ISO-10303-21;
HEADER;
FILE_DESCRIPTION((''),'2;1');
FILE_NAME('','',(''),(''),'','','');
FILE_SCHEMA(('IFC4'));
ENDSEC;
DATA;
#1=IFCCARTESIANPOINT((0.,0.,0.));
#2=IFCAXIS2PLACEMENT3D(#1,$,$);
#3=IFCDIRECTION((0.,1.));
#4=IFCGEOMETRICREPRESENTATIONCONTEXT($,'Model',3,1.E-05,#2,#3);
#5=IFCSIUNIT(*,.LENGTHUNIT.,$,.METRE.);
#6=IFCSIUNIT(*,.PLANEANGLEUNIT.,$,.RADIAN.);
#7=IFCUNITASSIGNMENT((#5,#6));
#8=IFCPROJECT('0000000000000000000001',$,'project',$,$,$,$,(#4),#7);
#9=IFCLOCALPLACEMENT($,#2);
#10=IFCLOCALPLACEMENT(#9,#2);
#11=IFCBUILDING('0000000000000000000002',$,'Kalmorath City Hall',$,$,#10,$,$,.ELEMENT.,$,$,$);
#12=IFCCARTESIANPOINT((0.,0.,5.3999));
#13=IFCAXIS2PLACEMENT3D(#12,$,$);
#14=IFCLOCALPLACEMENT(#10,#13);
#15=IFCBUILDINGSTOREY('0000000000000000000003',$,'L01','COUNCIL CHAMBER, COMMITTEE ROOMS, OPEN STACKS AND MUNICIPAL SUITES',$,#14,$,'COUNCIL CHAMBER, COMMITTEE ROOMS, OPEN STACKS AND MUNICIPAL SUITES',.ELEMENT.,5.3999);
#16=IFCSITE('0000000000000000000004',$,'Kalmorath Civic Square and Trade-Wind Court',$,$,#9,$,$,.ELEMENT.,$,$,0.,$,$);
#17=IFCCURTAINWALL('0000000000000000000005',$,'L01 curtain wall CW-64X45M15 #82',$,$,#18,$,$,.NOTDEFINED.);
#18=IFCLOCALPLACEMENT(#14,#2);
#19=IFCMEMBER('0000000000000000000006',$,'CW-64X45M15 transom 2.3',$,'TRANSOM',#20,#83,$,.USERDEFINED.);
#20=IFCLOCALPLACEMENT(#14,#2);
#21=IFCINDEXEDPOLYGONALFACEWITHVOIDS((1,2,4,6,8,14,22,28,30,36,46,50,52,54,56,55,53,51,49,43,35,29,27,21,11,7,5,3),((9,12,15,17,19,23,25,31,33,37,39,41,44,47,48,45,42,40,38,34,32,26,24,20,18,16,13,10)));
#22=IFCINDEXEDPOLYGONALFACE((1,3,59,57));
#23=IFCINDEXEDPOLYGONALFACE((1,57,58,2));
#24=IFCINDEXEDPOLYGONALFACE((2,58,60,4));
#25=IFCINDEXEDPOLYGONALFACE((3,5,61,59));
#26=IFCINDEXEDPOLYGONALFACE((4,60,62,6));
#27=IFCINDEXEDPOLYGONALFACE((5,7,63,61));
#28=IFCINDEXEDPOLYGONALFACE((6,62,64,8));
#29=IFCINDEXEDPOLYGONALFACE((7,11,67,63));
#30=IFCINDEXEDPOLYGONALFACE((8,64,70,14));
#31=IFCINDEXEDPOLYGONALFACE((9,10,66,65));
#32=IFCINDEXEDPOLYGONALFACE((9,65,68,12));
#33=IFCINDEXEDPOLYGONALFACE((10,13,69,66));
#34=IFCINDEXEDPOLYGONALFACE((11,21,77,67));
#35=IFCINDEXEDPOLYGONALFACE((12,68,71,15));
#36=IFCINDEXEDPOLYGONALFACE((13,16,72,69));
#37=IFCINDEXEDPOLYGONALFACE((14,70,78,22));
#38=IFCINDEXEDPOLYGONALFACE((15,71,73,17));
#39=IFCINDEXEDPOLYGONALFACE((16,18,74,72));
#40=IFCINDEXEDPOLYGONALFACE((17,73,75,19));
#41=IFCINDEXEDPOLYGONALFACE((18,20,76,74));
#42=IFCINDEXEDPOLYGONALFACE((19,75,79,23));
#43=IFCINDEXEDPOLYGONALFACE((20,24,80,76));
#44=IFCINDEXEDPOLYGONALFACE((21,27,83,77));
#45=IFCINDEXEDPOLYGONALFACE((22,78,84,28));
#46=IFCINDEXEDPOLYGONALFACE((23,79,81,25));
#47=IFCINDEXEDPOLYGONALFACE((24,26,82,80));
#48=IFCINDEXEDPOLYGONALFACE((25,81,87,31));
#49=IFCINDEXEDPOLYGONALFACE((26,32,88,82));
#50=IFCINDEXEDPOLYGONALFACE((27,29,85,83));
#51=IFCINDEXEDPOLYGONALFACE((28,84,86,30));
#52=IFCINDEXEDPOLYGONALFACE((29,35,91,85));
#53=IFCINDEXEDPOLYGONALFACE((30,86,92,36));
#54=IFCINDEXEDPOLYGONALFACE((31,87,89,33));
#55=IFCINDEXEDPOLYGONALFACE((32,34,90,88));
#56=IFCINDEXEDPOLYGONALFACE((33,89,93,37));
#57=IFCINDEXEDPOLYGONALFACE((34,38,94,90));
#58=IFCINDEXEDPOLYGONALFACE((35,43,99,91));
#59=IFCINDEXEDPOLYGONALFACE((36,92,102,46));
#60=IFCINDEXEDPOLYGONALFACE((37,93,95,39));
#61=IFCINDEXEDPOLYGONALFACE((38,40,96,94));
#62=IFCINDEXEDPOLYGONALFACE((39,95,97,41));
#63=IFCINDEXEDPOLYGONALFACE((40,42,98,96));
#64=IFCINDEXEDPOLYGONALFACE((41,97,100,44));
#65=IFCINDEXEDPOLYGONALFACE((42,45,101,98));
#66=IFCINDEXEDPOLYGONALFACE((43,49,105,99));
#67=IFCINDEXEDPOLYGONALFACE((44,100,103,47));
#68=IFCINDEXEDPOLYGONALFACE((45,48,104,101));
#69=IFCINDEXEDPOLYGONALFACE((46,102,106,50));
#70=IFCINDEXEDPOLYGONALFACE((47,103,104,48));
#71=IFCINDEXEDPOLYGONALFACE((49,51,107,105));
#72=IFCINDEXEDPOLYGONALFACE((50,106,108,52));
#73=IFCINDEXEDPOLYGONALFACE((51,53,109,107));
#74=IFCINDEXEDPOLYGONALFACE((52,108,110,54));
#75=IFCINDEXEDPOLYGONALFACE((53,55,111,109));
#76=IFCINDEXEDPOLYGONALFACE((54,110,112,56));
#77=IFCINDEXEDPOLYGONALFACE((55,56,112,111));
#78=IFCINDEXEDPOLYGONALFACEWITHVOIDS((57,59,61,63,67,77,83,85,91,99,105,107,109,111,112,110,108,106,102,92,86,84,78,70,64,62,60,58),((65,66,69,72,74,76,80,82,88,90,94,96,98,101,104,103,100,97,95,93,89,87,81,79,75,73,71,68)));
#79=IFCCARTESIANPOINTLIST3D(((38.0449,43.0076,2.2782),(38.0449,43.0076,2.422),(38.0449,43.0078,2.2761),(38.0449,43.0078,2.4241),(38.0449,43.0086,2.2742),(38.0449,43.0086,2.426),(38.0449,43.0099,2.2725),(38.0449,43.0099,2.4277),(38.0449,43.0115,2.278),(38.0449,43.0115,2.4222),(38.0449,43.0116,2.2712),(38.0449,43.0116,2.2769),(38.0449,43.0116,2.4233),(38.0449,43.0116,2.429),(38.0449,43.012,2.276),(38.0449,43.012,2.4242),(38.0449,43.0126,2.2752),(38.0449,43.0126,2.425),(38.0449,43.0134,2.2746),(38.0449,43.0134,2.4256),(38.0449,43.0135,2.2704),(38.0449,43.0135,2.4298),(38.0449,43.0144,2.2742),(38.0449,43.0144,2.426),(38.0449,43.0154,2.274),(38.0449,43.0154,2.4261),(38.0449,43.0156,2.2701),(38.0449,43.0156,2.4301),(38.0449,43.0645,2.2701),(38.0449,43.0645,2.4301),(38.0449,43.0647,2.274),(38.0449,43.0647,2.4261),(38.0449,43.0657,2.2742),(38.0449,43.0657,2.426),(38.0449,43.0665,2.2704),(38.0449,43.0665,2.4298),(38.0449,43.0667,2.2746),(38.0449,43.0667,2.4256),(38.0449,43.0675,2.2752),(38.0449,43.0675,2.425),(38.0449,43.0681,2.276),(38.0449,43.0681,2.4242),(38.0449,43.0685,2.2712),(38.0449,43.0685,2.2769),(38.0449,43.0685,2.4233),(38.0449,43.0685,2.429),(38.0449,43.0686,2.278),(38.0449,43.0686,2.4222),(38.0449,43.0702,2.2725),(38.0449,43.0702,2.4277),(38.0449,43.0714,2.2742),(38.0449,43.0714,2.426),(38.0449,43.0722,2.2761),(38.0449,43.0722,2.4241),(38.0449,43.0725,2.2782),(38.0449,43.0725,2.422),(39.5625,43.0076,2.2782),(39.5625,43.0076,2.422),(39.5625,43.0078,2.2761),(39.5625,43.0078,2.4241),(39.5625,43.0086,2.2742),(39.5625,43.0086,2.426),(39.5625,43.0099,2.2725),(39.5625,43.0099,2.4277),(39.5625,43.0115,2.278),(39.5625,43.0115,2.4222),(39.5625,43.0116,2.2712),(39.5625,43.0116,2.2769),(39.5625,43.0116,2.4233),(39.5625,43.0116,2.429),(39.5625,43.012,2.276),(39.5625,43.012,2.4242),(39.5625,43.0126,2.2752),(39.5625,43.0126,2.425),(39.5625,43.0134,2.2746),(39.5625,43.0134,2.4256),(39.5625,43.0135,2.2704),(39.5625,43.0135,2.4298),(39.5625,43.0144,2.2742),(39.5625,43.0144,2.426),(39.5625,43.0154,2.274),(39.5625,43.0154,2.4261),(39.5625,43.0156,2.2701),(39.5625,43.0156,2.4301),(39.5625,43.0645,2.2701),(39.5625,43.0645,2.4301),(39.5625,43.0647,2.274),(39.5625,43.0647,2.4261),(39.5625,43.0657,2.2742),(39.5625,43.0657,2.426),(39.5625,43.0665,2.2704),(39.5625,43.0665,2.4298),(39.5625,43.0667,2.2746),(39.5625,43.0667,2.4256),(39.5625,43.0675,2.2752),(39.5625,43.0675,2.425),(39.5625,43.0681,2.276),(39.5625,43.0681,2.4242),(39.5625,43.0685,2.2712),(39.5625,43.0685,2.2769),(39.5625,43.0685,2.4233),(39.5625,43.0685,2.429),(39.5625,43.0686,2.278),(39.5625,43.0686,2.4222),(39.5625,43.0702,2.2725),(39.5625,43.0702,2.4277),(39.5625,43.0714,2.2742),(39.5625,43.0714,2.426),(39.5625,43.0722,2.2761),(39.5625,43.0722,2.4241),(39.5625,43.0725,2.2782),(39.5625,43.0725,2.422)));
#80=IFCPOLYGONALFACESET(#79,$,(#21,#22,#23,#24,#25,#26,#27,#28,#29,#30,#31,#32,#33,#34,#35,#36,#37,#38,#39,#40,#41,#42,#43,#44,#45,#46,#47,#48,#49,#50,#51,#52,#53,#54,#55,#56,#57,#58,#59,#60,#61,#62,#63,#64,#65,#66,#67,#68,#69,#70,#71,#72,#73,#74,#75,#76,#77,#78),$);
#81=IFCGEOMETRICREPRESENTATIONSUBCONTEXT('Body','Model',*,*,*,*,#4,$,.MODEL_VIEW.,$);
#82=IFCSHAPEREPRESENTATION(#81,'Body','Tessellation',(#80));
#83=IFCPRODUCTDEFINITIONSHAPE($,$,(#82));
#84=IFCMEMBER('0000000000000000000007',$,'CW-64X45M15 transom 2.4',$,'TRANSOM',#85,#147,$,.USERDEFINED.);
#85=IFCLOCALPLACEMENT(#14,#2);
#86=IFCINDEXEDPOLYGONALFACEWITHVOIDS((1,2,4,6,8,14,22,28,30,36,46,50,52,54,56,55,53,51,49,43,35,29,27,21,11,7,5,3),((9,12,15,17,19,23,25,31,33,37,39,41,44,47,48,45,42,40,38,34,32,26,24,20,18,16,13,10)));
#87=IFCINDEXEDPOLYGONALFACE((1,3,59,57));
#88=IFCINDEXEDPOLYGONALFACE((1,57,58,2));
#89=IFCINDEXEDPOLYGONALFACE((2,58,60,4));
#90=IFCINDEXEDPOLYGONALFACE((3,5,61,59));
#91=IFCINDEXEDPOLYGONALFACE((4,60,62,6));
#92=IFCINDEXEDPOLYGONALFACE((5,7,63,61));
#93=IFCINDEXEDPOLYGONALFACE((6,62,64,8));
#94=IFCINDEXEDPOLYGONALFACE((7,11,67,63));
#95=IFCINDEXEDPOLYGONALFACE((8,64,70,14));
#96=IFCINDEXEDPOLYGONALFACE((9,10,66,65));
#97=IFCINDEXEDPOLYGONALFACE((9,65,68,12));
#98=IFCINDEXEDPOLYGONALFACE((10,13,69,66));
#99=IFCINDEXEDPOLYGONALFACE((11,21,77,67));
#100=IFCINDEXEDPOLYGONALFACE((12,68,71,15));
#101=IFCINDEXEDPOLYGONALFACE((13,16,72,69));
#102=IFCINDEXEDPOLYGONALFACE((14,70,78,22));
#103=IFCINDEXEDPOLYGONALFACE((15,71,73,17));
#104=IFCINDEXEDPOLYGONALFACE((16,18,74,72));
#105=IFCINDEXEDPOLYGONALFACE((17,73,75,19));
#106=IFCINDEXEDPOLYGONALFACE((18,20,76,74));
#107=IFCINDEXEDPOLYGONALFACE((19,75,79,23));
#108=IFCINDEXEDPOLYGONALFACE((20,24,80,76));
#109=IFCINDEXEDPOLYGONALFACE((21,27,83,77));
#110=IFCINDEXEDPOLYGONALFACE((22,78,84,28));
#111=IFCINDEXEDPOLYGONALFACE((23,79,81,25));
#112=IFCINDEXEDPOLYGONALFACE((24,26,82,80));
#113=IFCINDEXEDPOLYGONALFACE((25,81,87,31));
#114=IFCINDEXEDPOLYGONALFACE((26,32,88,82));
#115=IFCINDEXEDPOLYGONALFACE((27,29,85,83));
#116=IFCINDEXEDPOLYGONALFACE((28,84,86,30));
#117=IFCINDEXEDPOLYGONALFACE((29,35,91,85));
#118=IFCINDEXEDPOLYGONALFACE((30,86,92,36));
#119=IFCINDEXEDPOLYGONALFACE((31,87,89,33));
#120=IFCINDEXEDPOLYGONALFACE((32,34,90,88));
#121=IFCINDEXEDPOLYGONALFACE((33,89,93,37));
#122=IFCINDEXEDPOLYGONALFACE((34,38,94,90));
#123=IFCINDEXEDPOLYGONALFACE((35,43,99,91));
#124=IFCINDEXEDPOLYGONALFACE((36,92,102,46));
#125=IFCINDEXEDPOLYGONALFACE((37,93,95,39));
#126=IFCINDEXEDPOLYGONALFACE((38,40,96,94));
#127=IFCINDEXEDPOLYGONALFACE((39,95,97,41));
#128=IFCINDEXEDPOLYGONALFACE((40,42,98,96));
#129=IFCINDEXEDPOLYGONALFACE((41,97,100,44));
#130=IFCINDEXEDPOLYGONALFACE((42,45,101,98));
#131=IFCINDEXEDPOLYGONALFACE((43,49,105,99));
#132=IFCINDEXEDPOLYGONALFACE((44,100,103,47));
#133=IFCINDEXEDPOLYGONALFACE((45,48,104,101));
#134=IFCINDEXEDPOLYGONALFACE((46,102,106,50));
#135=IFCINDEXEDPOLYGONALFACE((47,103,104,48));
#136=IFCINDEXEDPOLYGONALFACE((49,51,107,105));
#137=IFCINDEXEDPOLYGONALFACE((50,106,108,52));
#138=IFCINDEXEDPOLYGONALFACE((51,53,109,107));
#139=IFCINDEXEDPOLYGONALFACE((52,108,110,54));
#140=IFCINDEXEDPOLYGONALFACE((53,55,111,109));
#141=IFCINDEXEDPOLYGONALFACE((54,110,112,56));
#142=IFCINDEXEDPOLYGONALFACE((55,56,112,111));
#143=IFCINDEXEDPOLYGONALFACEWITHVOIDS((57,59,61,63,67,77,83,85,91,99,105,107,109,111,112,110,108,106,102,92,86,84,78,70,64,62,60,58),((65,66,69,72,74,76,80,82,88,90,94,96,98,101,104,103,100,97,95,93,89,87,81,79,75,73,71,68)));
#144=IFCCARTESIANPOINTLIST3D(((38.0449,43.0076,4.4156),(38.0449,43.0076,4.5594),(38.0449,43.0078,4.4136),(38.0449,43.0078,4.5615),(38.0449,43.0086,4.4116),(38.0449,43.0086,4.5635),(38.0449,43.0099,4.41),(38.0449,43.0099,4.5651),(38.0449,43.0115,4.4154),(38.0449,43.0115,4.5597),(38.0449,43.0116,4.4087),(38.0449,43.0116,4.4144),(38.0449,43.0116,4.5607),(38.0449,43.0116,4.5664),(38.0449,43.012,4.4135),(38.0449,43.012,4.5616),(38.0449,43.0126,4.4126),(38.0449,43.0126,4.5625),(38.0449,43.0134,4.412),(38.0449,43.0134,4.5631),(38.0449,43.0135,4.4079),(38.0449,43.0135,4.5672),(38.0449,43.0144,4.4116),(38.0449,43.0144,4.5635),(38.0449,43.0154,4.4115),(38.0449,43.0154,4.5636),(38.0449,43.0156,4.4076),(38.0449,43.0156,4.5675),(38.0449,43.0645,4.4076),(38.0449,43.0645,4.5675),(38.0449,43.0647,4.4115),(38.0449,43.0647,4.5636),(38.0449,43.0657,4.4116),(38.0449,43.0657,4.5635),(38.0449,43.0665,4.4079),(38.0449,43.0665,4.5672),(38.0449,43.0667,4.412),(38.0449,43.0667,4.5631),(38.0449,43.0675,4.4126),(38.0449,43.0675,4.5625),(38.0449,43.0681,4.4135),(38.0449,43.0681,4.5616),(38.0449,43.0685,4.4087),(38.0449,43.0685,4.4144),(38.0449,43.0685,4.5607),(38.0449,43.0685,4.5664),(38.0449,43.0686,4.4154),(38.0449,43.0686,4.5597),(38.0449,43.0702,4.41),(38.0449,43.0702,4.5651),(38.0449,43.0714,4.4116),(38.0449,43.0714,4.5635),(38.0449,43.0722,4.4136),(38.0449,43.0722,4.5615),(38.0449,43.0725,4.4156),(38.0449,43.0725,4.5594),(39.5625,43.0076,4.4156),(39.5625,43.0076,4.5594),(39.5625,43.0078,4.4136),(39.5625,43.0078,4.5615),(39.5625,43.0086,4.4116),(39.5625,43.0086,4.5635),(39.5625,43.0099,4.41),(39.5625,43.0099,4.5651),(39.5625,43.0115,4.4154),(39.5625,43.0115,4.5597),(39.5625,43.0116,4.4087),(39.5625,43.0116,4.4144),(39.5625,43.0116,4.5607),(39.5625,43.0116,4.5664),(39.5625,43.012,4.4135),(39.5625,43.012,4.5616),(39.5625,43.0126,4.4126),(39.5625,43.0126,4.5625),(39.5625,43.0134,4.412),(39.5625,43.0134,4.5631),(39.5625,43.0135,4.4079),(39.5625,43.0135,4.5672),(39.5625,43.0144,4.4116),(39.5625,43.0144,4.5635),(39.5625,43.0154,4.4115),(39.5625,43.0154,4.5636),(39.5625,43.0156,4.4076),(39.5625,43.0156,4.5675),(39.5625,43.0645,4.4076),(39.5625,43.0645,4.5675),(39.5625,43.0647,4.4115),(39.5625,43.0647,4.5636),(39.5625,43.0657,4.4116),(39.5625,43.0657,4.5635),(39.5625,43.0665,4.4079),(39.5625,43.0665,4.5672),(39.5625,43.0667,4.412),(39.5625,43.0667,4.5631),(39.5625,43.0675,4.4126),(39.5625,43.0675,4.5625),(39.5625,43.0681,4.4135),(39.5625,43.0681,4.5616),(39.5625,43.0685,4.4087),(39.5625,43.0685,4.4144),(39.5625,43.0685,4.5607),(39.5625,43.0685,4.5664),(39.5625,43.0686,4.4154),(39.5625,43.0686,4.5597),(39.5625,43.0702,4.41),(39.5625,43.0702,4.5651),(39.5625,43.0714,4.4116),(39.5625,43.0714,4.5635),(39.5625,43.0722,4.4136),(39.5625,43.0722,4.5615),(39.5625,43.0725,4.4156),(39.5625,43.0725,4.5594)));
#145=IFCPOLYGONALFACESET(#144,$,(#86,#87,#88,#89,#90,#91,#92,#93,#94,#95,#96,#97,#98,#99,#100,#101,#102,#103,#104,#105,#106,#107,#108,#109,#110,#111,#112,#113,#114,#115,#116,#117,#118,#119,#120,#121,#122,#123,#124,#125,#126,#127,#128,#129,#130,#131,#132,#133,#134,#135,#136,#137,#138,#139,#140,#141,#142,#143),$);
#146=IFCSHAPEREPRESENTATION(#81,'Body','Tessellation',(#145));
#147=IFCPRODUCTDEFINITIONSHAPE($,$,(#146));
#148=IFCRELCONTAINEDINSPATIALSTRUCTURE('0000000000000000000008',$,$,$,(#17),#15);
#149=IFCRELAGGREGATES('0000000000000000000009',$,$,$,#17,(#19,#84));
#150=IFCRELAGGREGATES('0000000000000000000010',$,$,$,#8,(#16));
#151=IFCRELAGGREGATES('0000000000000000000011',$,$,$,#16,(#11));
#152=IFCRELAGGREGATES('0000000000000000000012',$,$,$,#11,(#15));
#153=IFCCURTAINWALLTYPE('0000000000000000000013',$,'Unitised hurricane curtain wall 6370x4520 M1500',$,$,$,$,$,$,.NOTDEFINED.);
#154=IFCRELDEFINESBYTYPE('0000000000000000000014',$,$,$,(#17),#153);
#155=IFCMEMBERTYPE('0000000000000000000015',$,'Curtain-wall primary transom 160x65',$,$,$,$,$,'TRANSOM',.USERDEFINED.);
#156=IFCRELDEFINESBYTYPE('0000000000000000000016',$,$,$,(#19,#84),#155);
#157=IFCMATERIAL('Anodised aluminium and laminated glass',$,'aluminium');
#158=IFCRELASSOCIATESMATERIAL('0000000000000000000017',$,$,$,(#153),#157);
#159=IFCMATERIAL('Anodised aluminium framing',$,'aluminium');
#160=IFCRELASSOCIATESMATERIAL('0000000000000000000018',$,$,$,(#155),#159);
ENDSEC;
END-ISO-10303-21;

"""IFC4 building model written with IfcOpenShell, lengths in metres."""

from ifc_helpers import new_model, si_unit, direction, frame, origin, origin_2d, place, context, subcontext, project, spatial, hollow_rectangle, extrude, material, material_profile, profile_set, type_object, element, aggregate, save


model = new_model("IFC4")

# Units and contexts
model_context = context("Model", 3, precision=1e-05, world=origin(), true_north=direction((0.0, 1.0)))
body_context = subcontext(model_context, "Body", "Model", "MODEL_VIEW")
ifc_project = project(units=[si_unit("LENGTHUNIT", "METRE"), si_unit("PLANEANGLEUNIT", "RADIAN")], contexts=[model_context])

# Site, building, storey
site_placement = place(None, origin())
site = spatial("IfcSite", under=ifc_project, at=site_placement, Name="Kalmorath Civic Square and Trade-Wind Court", CompositionType="ELEMENT", RefElevation=0.0)
building_placement = place(site_placement, origin())
building = spatial("IfcBuilding", under=site, at=building_placement, Name="Kalmorath City Hall", CompositionType="ELEMENT")
storey_placement = place(building_placement, frame((0.0, 0.0, 5.3999)))
storey = spatial("IfcBuildingStorey", under=building, at=storey_placement, Name="L01", Description="COUNCIL CHAMBER, COMMITTEE ROOMS, OPEN STACKS AND MUNICIPAL SUITES", LongName="COUNCIL CHAMBER, COMMITTEE ROOMS, OPEN STACKS AND MUNICIPAL SUITES", CompositionType="ELEMENT", Elevation=5.3999)

# Curtain wall, members
ifc_material_1 = material(Name="Anodised aluminium and laminated glass", Category="aluminium")
curtain_wall_type = type_object("IfcCurtainWallType", Name="Unitised hurricane curtain wall 6370x4520 M1500", PredefinedType="NOTDEFINED", material=ifc_material_1)
curtain_wall_placement = place(storey_placement, origin())
curtain_wall = element("IfcCurtainWall", 1, at=curtain_wall_placement, inside=storey, type_object=curtain_wall_type, Name="L01 curtain wall CW-64X45M15 #82", PredefinedType="NOTDEFINED")
ifc_material_2 = material(Name="Anodised aluminium framing", Category="aluminium")
ifc_material_profile_1 = material_profile(ifc_material_2, hollow_rectangle(XDim=0.0649, YDim=0.1599, WallThickness=0.0039, InnerFilletRadius=0.0039, OuterFilletRadius=0.0081, at=origin_2d()), Name="ALU-TRN-160X65X4")
ifc_profile_set_1 = profile_set([ifc_material_profile_1], Name="Anodised aluminium framing")
member_type_1 = type_object("IfcMemberType", Name="Curtain-wall primary transom 160x65", ElementType="TRANSOM", PredefinedType="USERDEFINED", material=ifc_profile_set_1)
member_1_placement = place(storey_placement, frame((38.0449, 43.04, 2.3501), z_axis=(1.0, 0.0, 0.0), x_axis=(0.0, 1.0, 0.0)))
member_1 = element("IfcMember", 2, at=member_1_placement, type_object=member_type_1, Name="CW-64X45M15 transom 2.3", ObjectType="TRANSOM", PredefinedType="USERDEFINED", context=body_context, shape_type="SweptSolid", body=[
    extrude(hollow_rectangle(XDim=0.0649, YDim=0.1599, WallThickness=0.0039, InnerFilletRadius=0.0039, OuterFilletRadius=0.0081, at=origin_2d()), origin(), (0.0, 0.0, 1.0), 1.5176),
])
member_2_placement = place(storey_placement, frame((38.0449, 43.04, 4.4875), z_axis=(1.0, 0.0, 0.0), x_axis=(0.0, 1.0, 0.0)))
member_2 = element("IfcMember", 3, at=member_2_placement, type_object=member_type_1, Name="CW-64X45M15 transom 2.4", ObjectType="TRANSOM", PredefinedType="USERDEFINED", context=body_context, shape_type="SweptSolid", body=[
    extrude(hollow_rectangle(XDim=0.0649, YDim=0.1599, WallThickness=0.0039, InnerFilletRadius=0.0039, OuterFilletRadius=0.0081, at=origin_2d()), origin(), (0.0, 0.0, 1.0), 1.5176),
])
aggregate(curtain_wall, [member_1, member_2])

save(model, "model.ifc")
